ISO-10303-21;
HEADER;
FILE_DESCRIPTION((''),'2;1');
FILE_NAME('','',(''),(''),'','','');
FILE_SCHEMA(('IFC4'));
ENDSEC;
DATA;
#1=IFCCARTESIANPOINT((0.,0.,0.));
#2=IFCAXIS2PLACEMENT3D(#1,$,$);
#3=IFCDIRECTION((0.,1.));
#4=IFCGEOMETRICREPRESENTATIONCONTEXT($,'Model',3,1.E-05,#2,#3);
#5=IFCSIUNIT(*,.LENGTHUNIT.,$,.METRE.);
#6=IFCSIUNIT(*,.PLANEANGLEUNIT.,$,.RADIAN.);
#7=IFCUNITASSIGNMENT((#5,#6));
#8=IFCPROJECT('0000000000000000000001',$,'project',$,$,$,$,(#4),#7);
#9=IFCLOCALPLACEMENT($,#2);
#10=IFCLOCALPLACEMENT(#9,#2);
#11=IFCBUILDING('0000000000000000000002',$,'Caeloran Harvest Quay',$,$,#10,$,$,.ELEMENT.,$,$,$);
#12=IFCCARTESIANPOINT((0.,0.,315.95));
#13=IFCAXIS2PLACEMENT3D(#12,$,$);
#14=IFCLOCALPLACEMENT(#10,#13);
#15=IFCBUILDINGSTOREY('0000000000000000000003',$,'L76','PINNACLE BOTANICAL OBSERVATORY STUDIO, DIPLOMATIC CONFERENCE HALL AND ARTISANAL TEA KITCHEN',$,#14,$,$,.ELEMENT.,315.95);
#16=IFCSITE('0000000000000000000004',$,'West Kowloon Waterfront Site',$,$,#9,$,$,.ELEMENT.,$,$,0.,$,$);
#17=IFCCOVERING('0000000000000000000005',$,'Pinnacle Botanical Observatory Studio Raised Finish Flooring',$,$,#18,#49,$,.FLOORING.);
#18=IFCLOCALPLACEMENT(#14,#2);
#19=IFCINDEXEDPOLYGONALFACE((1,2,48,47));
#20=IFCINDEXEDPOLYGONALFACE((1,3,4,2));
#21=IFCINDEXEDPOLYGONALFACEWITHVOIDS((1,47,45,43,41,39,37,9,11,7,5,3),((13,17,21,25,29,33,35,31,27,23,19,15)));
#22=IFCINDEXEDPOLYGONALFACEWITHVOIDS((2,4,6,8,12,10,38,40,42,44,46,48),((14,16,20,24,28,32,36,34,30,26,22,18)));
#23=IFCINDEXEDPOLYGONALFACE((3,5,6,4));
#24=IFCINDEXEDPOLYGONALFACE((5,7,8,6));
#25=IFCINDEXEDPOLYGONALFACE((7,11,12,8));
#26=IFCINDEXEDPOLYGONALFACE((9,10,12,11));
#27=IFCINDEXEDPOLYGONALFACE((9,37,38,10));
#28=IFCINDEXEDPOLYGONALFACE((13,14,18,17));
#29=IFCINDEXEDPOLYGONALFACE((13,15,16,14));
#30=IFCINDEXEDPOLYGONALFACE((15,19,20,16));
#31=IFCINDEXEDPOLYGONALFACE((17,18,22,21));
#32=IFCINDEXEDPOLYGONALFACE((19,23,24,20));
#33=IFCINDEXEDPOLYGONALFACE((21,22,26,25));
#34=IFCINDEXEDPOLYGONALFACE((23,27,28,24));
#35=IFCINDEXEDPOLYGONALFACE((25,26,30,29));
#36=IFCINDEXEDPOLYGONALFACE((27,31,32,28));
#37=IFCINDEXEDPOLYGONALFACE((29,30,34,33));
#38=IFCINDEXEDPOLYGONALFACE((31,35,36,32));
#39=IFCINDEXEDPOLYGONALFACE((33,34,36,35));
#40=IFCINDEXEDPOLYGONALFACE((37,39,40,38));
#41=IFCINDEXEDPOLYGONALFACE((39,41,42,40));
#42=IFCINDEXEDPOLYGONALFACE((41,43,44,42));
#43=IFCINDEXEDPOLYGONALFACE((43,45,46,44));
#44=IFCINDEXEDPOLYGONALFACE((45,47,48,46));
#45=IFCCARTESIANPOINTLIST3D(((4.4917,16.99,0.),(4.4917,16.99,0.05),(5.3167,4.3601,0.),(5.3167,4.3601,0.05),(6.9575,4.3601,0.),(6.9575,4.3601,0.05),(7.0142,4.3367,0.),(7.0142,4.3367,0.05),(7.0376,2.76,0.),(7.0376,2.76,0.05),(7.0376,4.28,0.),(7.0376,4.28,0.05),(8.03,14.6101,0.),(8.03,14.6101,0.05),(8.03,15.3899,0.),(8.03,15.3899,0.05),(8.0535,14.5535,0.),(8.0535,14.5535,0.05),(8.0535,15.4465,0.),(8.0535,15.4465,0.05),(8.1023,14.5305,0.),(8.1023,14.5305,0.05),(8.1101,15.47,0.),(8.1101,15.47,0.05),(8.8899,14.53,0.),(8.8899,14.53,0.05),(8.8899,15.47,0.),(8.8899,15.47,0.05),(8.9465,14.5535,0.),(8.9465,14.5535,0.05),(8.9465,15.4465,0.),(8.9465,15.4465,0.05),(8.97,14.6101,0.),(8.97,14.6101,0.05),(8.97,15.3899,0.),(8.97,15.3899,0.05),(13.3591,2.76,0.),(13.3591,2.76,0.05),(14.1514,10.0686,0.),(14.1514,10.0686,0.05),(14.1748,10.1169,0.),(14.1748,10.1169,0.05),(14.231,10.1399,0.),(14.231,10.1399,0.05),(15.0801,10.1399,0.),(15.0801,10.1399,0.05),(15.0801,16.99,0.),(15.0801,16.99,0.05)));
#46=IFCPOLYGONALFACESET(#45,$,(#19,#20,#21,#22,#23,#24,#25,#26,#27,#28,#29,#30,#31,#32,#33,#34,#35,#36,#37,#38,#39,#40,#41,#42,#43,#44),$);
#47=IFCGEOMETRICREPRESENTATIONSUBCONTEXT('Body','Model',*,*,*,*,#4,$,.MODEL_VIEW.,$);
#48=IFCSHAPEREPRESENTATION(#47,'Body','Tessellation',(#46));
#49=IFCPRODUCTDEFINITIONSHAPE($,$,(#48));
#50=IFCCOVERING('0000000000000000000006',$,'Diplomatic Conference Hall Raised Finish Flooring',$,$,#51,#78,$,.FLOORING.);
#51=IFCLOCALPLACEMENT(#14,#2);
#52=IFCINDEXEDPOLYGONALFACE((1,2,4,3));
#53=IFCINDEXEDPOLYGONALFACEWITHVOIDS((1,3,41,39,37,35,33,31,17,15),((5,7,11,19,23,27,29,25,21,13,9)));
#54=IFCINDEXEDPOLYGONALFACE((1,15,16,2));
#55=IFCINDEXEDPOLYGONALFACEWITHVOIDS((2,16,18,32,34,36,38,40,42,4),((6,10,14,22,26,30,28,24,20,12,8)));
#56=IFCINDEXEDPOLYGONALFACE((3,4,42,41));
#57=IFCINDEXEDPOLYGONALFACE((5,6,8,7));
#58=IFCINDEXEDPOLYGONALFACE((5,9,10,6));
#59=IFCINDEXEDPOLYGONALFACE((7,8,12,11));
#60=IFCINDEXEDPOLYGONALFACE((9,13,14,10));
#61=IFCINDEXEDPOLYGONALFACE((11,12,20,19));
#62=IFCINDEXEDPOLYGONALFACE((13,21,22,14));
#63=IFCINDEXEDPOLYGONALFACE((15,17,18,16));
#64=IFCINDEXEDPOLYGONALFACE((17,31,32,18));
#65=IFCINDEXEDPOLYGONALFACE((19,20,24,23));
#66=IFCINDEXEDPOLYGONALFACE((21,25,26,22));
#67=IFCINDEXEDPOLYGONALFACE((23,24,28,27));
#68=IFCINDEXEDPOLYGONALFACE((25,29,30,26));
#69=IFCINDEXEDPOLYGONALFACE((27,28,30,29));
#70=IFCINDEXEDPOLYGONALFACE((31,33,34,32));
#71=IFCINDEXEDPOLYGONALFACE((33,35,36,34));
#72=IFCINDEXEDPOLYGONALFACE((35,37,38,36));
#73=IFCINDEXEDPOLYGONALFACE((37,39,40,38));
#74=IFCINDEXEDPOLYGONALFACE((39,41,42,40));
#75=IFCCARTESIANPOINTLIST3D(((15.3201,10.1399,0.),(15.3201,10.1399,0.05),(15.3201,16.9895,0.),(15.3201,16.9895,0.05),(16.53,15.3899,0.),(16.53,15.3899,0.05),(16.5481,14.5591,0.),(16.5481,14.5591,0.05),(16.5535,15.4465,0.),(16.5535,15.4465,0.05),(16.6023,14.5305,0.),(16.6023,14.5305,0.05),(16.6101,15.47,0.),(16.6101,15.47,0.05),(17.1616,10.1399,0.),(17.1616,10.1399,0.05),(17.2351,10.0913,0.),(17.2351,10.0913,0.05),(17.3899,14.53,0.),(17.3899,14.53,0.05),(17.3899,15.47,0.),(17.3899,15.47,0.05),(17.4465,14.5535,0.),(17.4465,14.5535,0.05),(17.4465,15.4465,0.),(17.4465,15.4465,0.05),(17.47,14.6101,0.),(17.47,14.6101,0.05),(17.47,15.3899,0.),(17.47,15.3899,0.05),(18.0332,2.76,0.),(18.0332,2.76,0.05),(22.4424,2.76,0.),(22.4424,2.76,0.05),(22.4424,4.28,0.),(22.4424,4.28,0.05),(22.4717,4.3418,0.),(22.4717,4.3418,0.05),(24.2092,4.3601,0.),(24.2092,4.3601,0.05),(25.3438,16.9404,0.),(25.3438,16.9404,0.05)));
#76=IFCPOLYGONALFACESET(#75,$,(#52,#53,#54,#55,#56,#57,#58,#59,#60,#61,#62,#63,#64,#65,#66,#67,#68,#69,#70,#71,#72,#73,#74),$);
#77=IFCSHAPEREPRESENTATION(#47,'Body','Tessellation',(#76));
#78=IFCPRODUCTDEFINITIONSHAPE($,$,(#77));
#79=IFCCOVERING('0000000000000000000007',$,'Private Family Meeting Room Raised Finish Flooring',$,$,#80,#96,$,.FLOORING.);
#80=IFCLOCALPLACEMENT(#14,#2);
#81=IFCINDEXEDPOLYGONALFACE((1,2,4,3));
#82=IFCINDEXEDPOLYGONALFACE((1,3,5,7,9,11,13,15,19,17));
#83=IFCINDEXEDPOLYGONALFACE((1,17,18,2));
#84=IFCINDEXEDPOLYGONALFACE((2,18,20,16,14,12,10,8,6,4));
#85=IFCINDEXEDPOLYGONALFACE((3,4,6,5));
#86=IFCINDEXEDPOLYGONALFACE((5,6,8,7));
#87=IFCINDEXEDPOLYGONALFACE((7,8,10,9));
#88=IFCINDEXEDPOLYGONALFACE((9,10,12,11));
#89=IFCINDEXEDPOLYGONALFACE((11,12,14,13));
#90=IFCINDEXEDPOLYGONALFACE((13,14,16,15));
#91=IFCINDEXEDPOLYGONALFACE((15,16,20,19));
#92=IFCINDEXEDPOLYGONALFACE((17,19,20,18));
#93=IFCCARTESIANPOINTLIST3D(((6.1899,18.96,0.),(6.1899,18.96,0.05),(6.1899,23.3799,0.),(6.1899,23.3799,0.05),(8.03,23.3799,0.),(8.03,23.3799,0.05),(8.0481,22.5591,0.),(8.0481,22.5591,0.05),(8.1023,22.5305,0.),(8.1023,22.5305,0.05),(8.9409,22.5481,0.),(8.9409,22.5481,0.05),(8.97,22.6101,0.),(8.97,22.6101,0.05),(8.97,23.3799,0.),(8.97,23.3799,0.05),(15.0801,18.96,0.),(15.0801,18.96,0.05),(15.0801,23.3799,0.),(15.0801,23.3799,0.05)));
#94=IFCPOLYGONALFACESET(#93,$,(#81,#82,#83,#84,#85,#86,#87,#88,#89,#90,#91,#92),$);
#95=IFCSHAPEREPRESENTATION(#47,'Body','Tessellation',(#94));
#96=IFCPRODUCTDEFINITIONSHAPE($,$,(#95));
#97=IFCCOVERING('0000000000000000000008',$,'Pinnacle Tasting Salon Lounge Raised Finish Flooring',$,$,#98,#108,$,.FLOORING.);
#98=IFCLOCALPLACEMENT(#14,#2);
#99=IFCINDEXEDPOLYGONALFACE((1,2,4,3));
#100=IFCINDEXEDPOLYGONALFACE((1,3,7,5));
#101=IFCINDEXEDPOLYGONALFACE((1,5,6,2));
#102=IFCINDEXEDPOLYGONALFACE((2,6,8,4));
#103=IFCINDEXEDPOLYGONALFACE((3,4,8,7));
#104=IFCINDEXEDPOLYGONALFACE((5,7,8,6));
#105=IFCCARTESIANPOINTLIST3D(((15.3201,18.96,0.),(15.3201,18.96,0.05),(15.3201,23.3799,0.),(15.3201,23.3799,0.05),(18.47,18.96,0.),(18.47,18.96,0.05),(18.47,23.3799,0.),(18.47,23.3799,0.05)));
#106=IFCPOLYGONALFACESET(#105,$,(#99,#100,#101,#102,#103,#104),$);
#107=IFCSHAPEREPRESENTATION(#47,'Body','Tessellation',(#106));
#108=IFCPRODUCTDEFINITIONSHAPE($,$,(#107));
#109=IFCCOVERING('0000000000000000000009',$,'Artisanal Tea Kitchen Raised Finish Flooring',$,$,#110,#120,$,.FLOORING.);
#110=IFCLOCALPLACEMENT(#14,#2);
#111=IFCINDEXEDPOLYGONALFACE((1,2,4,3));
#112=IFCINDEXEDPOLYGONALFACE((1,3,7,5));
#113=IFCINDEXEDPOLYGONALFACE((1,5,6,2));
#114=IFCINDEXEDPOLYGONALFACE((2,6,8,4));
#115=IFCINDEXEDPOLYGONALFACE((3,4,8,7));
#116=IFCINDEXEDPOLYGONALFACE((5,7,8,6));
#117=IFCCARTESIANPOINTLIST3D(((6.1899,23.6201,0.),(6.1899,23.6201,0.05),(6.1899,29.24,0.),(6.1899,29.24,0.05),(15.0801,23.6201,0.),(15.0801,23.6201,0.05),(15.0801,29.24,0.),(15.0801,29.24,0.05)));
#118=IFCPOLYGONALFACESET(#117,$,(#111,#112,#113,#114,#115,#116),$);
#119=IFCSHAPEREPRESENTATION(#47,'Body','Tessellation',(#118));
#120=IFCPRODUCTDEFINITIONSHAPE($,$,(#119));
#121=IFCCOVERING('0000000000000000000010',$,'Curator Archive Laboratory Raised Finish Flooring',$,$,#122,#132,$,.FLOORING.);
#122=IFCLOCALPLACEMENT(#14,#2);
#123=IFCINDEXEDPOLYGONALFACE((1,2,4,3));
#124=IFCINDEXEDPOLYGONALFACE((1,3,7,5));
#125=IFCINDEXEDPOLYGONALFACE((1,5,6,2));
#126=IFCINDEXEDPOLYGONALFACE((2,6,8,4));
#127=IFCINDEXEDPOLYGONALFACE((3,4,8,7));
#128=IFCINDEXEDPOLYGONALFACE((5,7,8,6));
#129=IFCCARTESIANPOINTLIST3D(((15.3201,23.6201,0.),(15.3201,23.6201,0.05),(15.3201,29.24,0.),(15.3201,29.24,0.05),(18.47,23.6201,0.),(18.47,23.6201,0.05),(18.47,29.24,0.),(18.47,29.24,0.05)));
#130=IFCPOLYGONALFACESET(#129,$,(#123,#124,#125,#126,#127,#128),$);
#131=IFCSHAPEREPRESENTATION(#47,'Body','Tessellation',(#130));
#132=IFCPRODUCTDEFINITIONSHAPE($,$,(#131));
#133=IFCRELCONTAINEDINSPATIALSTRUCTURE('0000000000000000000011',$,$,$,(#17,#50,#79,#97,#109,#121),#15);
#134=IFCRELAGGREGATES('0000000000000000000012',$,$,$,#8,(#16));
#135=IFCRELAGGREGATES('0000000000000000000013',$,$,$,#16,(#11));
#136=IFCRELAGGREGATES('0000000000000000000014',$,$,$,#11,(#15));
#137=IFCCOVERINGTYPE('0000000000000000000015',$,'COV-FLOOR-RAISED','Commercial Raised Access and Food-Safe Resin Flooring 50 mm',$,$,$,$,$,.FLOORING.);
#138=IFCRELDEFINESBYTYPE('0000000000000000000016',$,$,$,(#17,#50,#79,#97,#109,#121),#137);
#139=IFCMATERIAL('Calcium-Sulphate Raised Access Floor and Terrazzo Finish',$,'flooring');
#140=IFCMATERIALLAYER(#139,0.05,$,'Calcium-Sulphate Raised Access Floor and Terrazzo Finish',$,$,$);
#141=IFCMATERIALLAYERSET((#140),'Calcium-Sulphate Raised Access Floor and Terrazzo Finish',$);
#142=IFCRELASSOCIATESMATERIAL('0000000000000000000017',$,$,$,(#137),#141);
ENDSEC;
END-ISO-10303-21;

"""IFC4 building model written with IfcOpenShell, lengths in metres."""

from ifc_helpers import new_model, si_unit, direction, frame, origin, place, context, subcontext, project, spatial, polyline, outline, extrude, material, layer, layer_set, type_object, element, save


model = new_model("IFC4")

# Units and contexts
model_context = context("Model", 3, precision=1e-05, world=origin(), true_north=direction((0.0, 1.0)))
body_context = subcontext(model_context, "Body", "Model", "MODEL_VIEW")
ifc_project = project(units=[si_unit("LENGTHUNIT", "METRE"), si_unit("PLANEANGLEUNIT", "RADIAN")], contexts=[model_context])

# Site, building, storey
site_placement = place(None, origin())
site = spatial("IfcSite", under=ifc_project, at=site_placement, Name="West Kowloon Waterfront Site", CompositionType="ELEMENT", RefElevation=0.0)
building_placement = place(site_placement, origin())
building = spatial("IfcBuilding", under=site, at=building_placement, Name="Caeloran Harvest Quay", CompositionType="ELEMENT")
storey_placement = place(building_placement, frame((0.0, 0.0, 315.95)))
storey = spatial("IfcBuildingStorey", under=building, at=storey_placement, Name="L76", Description="PINNACLE BOTANICAL OBSERVATORY STUDIO, DIPLOMATIC CONFERENCE HALL AND ARTISANAL TEA KITCHEN", CompositionType="ELEMENT", Elevation=315.95)

# Coverings
ifc_material_1 = material(Name="Calcium-Sulphate Raised Access Floor and Terrazzo Finish", Category="flooring")
ifc_layer_1 = layer(ifc_material_1, 0.05, Name="Calcium-Sulphate Raised Access Floor and Terrazzo Finish")
ifc_layer_set_1 = layer_set([ifc_layer_1], Name="Calcium-Sulphate Raised Access Floor and Terrazzo Finish")
covering_type_1 = type_object("IfcCoveringType", Name="COV-FLOOR-RAISED", Description="Commercial Raised Access and Food-Safe Resin Flooring 50 mm", PredefinedType="FLOORING", material=ifc_layer_set_1)
covering_1_placement = place(storey_placement, origin())
element("IfcCovering", 1, at=covering_1_placement, inside=storey, type_object=covering_type_1, Name="Pinnacle Botanical Observatory Studio Raised Finish Flooring", PredefinedType="FLOORING", context=body_context, shape_type="SweptSolid", body=[
    extrude(outline(polyline([(14.231, 10.1399), (14.1748, 10.1169), (14.1514, 10.0686), (13.3591, 2.76), (7.0376, 2.76), (7.0376, 4.28), (7.0142, 4.3367), (6.9575, 4.3601), (5.3167, 4.3601), (4.4917, 16.99), (15.0801, 16.99), (15.0801, 10.1399), (14.231, 10.1399)]), holes=[polyline([(8.03, 14.6101), (8.0535, 14.5535), (8.1023, 14.5305), (8.8899, 14.53), (8.9465, 14.5535), (8.97, 14.6101), (8.97, 15.3899), (8.9465, 15.4465), (8.8899, 15.47), (8.1101, 15.47), (8.0535, 15.4465), (8.03, 15.3899), (8.03, 14.6101)])]), origin(), (0.0, 0.0, 1.0), 0.05),
])
covering_2_placement = place(storey_placement, origin())
element("IfcCovering", 2, at=covering_2_placement, inside=storey, type_object=covering_type_1, Name="Diplomatic Conference Hall Raised Finish Flooring", PredefinedType="FLOORING", context=body_context, shape_type="SweptSolid", body=[
    extrude(outline(polyline([(24.2092, 4.3601), (22.4717, 4.3418), (22.4424, 4.28), (22.4424, 2.76), (18.0332, 2.76), (17.2351, 10.0913), (17.1616, 10.1399), (15.3201, 10.1399), (15.3201, 16.9895), (25.3438, 16.9404), (24.2092, 4.3601)]), holes=[polyline([(16.53, 15.3899), (16.5481, 14.5591), (16.6023, 14.5305), (17.3899, 14.53), (17.4465, 14.5535), (17.47, 14.6101), (17.47, 15.3899), (17.4465, 15.4465), (17.3899, 15.47), (16.6101, 15.47), (16.5535, 15.4465), (16.53, 15.3899)])]), origin(), (0.0, 0.0, 1.0), 0.05),
])
covering_3_placement = place(storey_placement, origin())
element("IfcCovering", 3, at=covering_3_placement, inside=storey, type_object=covering_type_1, Name="Private Family Meeting Room Raised Finish Flooring", PredefinedType="FLOORING", context=body_context, shape_type="SweptSolid", body=[
    extrude(outline(polyline([(8.03, 23.3799), (8.0481, 22.5591), (8.1023, 22.5305), (8.9409, 22.5481), (8.97, 22.6101), (8.97, 23.3799), (15.0801, 23.3799), (15.0801, 18.96), (6.1899, 18.96), (6.1899, 23.3799), (8.03, 23.3799)])), origin(), (0.0, 0.0, 1.0), 0.05),
])
covering_4_placement = place(storey_placement, origin())
element("IfcCovering", 4, at=covering_4_placement, inside=storey, type_object=covering_type_1, Name="Pinnacle Tasting Salon Lounge Raised Finish Flooring", PredefinedType="FLOORING", context=body_context, shape_type="SweptSolid", body=[
    extrude(outline(polyline([(18.47, 23.3799), (18.47, 18.96), (15.3201, 18.96), (15.3201, 23.3799), (18.47, 23.3799)])), origin(), (0.0, 0.0, 1.0), 0.05),
])
covering_5_placement = place(storey_placement, origin())
element("IfcCovering", 5, at=covering_5_placement, inside=storey, type_object=covering_type_1, Name="Artisanal Tea Kitchen Raised Finish Flooring", PredefinedType="FLOORING", context=body_context, shape_type="SweptSolid", body=[
    extrude(outline(polyline([(6.1899, 29.24), (15.0801, 29.24), (15.0801, 23.6201), (6.1899, 23.6201), (6.1899, 29.24)])), origin(), (0.0, 0.0, 1.0), 0.05),
])
covering_6_placement = place(storey_placement, origin())
element("IfcCovering", 6, at=covering_6_placement, inside=storey, type_object=covering_type_1, Name="Curator Archive Laboratory Raised Finish Flooring", PredefinedType="FLOORING", context=body_context, shape_type="SweptSolid", body=[
    extrude(outline(polyline([(15.3201, 29.24), (18.47, 29.24), (18.47, 23.6201), (15.3201, 23.6201), (15.3201, 29.24)])), origin(), (0.0, 0.0, 1.0), 0.05),
])

save(model, "model.ifc")
